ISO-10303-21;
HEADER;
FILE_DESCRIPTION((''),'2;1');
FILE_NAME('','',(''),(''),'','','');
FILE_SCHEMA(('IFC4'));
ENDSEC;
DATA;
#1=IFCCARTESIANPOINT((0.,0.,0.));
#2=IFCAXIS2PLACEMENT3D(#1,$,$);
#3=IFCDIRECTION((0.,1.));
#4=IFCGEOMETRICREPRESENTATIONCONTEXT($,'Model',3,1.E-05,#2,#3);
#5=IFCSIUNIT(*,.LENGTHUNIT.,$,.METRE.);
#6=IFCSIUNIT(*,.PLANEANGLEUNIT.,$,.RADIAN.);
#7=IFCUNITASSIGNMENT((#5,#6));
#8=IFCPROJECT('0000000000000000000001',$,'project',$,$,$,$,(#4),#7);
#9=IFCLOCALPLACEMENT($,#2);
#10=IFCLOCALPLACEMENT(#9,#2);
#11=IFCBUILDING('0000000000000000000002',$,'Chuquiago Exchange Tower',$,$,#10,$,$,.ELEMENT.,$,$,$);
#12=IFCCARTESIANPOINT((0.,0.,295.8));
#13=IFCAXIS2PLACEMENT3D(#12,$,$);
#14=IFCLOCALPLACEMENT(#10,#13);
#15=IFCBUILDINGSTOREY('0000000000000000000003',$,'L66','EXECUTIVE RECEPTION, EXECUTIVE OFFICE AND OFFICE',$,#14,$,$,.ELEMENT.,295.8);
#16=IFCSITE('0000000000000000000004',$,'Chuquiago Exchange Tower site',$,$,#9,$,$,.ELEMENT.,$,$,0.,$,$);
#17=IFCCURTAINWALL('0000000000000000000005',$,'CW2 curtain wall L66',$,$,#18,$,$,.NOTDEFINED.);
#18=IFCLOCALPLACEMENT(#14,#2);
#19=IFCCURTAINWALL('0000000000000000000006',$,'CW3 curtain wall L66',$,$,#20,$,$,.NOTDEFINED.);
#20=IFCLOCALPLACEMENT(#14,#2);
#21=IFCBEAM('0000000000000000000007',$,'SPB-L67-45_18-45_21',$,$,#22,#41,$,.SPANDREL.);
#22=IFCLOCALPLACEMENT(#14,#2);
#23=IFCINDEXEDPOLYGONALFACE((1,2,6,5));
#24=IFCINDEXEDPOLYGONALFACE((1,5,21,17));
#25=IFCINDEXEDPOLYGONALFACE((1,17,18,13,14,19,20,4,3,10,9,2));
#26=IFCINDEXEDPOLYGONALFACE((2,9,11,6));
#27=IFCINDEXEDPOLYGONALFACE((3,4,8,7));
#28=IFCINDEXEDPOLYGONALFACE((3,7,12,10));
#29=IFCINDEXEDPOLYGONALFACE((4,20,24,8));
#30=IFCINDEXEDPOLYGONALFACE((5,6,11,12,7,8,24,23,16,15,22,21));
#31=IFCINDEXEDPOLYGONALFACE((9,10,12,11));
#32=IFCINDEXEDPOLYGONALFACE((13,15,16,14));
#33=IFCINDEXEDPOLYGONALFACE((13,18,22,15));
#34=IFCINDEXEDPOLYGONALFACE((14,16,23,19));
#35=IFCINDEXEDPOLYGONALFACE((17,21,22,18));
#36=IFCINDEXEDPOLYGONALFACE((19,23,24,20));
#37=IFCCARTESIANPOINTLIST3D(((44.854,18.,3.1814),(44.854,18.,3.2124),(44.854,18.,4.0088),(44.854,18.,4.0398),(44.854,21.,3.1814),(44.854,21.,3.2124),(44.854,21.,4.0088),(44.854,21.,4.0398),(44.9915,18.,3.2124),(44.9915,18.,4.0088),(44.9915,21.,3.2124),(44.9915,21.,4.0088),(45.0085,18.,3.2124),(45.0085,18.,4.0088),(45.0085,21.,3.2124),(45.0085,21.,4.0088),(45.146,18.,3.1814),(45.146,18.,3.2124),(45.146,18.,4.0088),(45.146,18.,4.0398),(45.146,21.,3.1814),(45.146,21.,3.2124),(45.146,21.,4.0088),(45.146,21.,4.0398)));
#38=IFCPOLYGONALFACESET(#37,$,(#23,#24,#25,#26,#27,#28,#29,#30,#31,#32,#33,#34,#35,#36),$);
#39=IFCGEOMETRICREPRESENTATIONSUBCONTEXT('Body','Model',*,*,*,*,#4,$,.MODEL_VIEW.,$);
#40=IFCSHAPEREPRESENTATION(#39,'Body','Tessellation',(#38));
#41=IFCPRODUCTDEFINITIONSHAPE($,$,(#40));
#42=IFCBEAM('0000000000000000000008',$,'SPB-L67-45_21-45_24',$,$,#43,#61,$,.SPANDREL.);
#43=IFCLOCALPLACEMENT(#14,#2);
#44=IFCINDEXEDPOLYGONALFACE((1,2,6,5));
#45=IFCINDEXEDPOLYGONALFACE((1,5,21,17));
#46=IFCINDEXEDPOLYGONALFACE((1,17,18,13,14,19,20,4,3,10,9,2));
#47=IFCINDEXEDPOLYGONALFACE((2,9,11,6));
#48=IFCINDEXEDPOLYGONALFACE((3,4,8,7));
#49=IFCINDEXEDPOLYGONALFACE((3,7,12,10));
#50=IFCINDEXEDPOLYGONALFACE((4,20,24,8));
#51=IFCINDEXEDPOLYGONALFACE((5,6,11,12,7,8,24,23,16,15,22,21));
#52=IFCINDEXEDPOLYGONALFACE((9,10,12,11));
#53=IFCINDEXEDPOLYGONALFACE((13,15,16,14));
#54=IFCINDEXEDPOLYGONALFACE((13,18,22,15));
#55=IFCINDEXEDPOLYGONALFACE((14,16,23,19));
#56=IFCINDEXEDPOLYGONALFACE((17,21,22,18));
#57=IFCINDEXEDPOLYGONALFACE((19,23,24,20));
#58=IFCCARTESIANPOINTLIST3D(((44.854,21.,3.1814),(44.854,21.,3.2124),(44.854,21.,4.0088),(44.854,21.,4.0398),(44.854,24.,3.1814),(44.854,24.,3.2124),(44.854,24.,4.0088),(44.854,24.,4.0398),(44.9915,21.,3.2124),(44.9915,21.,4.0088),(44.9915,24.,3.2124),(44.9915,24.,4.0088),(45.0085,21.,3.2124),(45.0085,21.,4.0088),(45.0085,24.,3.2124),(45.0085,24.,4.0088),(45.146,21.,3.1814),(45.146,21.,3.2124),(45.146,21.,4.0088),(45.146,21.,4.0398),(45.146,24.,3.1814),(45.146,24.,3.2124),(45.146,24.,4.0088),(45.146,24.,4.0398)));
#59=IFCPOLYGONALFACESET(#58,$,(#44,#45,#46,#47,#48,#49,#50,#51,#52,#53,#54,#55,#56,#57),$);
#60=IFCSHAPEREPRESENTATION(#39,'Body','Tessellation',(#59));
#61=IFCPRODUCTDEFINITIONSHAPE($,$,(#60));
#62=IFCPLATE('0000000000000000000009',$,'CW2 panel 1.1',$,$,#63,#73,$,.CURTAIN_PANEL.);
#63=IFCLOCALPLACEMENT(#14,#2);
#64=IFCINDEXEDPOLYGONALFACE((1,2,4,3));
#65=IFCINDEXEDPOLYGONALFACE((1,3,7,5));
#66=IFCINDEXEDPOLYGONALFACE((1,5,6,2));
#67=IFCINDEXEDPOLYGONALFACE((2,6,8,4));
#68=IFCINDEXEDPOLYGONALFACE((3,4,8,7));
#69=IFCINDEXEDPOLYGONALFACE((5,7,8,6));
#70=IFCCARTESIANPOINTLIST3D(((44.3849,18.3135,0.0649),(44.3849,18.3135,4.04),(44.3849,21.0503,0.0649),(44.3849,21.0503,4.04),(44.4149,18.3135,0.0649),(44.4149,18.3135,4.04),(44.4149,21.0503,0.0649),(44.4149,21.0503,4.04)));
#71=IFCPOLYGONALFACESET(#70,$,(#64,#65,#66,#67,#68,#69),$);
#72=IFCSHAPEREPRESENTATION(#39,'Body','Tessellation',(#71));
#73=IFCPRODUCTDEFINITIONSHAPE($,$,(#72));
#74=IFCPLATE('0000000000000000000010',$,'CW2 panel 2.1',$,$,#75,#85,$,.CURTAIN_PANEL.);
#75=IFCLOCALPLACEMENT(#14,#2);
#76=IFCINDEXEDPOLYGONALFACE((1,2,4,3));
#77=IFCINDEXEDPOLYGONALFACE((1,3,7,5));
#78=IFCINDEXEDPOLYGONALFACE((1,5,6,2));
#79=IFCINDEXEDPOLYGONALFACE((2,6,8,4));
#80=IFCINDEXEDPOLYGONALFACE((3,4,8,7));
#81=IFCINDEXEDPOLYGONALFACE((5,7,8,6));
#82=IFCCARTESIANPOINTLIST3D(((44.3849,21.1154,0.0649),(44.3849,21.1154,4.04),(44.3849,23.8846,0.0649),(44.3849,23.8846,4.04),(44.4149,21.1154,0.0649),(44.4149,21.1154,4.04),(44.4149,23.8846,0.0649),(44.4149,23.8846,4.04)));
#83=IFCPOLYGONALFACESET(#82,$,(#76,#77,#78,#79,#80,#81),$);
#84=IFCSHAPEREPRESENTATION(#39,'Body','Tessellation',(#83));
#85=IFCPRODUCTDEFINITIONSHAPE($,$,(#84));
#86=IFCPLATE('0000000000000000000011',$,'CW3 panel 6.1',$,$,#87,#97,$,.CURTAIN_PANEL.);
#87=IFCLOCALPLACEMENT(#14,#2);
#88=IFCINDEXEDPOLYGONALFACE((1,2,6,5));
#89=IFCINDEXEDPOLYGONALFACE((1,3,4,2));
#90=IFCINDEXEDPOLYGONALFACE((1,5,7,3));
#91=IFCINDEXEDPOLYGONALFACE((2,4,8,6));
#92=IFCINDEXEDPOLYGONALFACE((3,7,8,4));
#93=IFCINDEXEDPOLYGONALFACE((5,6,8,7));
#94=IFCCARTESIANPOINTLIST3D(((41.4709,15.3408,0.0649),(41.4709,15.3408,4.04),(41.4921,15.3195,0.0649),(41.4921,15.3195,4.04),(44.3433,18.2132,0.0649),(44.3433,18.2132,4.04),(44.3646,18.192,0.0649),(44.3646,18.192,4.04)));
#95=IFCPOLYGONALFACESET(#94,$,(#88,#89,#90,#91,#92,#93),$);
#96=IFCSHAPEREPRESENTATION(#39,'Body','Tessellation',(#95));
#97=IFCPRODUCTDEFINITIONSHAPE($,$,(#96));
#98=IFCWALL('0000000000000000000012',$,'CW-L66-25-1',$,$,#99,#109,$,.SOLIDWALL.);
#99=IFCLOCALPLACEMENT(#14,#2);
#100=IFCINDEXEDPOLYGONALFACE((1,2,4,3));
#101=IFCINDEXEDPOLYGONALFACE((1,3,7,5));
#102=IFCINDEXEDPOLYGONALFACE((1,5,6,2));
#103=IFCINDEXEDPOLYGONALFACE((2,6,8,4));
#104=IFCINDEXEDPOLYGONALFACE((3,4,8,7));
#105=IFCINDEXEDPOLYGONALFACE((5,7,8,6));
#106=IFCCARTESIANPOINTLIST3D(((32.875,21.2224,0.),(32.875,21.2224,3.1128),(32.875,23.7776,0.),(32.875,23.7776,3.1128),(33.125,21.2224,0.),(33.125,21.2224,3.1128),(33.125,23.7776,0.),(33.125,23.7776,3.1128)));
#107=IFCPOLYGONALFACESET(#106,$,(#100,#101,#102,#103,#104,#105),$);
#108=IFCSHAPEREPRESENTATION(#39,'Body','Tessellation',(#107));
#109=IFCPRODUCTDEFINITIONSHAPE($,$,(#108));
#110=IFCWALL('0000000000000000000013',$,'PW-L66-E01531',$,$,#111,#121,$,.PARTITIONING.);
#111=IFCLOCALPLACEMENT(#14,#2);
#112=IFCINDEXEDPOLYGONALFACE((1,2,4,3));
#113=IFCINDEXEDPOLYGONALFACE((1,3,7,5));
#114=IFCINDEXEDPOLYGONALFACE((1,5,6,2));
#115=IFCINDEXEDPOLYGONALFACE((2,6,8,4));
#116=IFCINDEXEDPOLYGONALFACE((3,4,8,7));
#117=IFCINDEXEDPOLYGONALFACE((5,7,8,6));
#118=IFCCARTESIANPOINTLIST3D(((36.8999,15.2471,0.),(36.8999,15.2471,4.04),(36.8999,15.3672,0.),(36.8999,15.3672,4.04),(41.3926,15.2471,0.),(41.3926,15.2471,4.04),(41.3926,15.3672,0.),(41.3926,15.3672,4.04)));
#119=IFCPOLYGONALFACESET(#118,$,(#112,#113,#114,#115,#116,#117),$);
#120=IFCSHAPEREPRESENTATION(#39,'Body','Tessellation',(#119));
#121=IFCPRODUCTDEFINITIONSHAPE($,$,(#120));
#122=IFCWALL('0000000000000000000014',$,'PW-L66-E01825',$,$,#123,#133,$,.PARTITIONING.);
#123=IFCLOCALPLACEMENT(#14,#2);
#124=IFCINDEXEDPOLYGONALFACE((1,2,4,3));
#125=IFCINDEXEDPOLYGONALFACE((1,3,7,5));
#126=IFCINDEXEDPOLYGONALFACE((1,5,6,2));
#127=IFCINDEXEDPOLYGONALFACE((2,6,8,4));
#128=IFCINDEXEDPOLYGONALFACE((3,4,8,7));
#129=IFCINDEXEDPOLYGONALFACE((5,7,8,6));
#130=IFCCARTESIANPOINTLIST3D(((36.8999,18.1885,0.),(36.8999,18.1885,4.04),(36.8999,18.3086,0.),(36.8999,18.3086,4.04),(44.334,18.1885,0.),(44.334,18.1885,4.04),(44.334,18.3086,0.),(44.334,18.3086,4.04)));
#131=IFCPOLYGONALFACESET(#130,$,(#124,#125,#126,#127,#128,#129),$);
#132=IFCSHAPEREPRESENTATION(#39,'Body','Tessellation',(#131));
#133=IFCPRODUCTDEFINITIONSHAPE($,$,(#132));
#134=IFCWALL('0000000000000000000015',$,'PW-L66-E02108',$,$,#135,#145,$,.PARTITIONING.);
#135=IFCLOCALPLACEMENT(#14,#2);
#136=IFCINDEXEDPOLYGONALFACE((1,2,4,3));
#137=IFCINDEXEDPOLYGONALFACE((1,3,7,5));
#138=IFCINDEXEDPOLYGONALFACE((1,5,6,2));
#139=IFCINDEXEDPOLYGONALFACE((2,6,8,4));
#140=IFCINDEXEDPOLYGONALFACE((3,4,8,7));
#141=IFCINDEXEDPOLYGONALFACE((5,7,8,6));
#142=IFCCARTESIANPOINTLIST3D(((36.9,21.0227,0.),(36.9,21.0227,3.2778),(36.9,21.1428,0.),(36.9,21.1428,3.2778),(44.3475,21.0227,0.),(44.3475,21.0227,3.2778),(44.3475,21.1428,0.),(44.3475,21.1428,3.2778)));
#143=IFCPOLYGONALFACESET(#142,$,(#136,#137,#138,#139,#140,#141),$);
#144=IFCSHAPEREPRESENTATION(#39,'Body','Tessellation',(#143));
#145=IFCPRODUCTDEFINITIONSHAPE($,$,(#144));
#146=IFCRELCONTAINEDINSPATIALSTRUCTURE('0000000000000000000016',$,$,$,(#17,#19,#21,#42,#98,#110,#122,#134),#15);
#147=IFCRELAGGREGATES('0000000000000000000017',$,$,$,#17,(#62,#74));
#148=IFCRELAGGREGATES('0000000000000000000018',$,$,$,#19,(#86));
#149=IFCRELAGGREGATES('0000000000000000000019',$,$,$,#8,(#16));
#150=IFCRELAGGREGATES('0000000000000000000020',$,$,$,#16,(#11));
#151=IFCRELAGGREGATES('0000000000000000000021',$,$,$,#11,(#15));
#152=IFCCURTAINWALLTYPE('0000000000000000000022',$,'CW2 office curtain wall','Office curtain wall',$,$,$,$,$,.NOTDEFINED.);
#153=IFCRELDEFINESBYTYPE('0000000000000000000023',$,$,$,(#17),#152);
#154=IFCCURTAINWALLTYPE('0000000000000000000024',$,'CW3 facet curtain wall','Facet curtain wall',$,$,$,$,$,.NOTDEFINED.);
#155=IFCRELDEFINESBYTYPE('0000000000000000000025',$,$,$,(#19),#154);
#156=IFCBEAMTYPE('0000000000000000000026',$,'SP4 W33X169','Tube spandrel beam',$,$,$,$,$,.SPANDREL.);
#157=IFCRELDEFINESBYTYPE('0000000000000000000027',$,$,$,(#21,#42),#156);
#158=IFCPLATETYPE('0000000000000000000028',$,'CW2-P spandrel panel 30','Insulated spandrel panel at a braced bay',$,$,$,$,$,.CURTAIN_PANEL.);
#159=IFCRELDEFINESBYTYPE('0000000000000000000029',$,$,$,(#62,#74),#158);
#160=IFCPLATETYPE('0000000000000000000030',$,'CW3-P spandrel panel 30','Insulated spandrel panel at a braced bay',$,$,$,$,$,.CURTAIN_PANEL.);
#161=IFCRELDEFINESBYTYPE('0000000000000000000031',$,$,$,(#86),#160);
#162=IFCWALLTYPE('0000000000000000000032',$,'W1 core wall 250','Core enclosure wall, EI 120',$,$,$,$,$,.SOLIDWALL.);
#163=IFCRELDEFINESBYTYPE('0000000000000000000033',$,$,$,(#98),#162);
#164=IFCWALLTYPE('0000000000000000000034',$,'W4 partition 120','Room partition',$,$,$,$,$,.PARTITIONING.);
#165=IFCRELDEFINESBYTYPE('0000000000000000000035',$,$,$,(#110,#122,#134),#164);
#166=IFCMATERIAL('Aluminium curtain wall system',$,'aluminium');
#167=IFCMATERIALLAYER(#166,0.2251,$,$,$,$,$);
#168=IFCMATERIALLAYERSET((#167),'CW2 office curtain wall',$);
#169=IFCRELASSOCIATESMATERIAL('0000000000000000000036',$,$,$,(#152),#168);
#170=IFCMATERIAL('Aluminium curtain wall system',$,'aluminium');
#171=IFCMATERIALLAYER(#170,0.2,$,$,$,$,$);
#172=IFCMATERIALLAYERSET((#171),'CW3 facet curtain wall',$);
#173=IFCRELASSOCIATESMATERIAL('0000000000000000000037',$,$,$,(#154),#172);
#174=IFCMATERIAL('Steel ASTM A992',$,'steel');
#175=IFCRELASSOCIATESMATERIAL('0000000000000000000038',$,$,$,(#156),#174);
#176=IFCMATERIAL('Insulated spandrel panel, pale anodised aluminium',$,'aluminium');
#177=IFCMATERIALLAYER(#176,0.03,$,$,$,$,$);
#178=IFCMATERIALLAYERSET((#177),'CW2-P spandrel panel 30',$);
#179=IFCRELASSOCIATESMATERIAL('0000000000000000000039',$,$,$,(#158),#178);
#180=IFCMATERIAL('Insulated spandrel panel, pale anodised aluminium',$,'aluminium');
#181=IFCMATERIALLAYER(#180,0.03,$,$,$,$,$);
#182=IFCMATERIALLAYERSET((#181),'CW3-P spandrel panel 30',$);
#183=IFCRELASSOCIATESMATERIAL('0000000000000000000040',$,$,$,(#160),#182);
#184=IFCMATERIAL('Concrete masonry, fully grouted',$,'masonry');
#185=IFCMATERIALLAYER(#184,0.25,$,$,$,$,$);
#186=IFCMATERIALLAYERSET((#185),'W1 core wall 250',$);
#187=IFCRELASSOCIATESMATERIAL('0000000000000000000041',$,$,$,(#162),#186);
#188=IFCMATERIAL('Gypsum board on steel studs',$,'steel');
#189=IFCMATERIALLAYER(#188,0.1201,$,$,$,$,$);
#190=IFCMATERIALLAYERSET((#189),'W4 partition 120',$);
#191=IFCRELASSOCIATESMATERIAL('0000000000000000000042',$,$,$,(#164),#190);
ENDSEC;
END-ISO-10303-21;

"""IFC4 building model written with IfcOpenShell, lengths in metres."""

from ifc_helpers import new_model, si_unit, direction, frame, frame_2d, origin, origin_2d, place, context, subcontext, project, spatial, rectangle, i_section, extrude, material, layer, layer_set, material_profile, profile_set, type_object, element, aggregate, save


model = new_model("IFC4")

# Units and contexts
model_context = context("Model", 3, precision=1e-05, world=origin(), true_north=direction((0.0, 1.0)))
body_context = subcontext(model_context, "Body", "Model", "MODEL_VIEW")
ifc_project = project(units=[si_unit("LENGTHUNIT", "METRE"), si_unit("PLANEANGLEUNIT", "RADIAN")], contexts=[model_context])

# Site, building, storey
site_placement = place(None, origin())
site = spatial("IfcSite", under=ifc_project, at=site_placement, Name="Chuquiago Exchange Tower site", CompositionType="ELEMENT", RefElevation=0.0)
building_placement = place(site_placement, origin())
building = spatial("IfcBuilding", under=site, at=building_placement, Name="Chuquiago Exchange Tower", CompositionType="ELEMENT")
storey_placement = place(building_placement, frame((0.0, 0.0, 295.8)))
storey = spatial("IfcBuildingStorey", under=building, at=storey_placement, Name="L66", Description="EXECUTIVE RECEPTION, EXECUTIVE OFFICE AND OFFICE", CompositionType="ELEMENT", Elevation=295.8)

# Curtain walls
ifc_material_1 = material(Name="Aluminium curtain wall system", Category="aluminium")
ifc_layer_1 = layer(ifc_material_1, 0.2251)
ifc_layer_set_1 = layer_set([ifc_layer_1], Name="CW2 office curtain wall")
curtain_wall_type_1 = type_object("IfcCurtainWallType", Name="CW2 office curtain wall", Description="Office curtain wall", PredefinedType="NOTDEFINED", material=ifc_layer_set_1)
curtain_wall_1_placement = place(storey_placement, origin())
curtain_wall_1 = element("IfcCurtainWall", 1, at=curtain_wall_1_placement, inside=storey, type_object=curtain_wall_type_1, Name="CW2 curtain wall L66", PredefinedType="NOTDEFINED")
ifc_material_2 = material(Name="Aluminium curtain wall system", Category="aluminium")
ifc_layer_2 = layer(ifc_material_2, 0.2)
ifc_layer_set_2 = layer_set([ifc_layer_2], Name="CW3 facet curtain wall")
curtain_wall_type_2 = type_object("IfcCurtainWallType", Name="CW3 facet curtain wall", Description="Facet curtain wall", PredefinedType="NOTDEFINED", material=ifc_layer_set_2)
curtain_wall_2_placement = place(storey_placement, origin())
curtain_wall_2 = element("IfcCurtainWall", 2, at=curtain_wall_2_placement, inside=storey, type_object=curtain_wall_type_2, Name="CW3 curtain wall L66", PredefinedType="NOTDEFINED")

# Beams
ifc_material_3 = material(Name="Steel ASTM A992", Category="steel")
ifc_material_profile_1 = material_profile(ifc_material_3, i_section(OverallWidth=0.292, OverallDepth=0.8584, WebThickness=0.0171, FlangeThickness=0.031, at=origin_2d()), Name="W33X169")
ifc_profile_set_1 = profile_set([ifc_material_profile_1], Name="Steel ASTM A992")
beam_type_1 = type_object("IfcBeamType", Name="SP4 W33X169", Description="Tube spandrel beam", PredefinedType="SPANDREL", material=ifc_profile_set_1)
for number, where, z_axis, x_axis, name in (
    (3, (45.0, 18.0, 3.6106), (0.0, 1.0, 0.0), (-1.0, 0.0, 0.0), "SPB-L67-45_18-45_21"),
    (4, (45.0, 21.0, 3.6106), (0.0, 1.0, 0.0), (-1.0, 0.0, 0.0), "SPB-L67-45_21-45_24"),
):
    element("IfcBeam", number, at=place(storey_placement, frame(where, z_axis=z_axis, x_axis=x_axis)), inside=storey, type_object=beam_type_1, Name=name, PredefinedType="SPANDREL", context=body_context, shape_type="SweptSolid", body=[
        extrude(i_section(OverallWidth=0.292, OverallDepth=0.8584, WebThickness=0.0171, FlangeThickness=0.031, at=origin_2d()), origin(), (0.0, 0.0, 1.0), 3.0),
    ])

# Plates
ifc_material_4 = material(Name="Insulated spandrel panel, pale anodised aluminium", Category="aluminium")
ifc_layer_3 = layer(ifc_material_4, 0.03)
ifc_layer_set_3 = layer_set([ifc_layer_3], Name="CW2-P spandrel panel 30")
plate_type_1 = type_object("IfcPlateType", Name="CW2-P spandrel panel 30", Description="Insulated spandrel panel at a braced bay", PredefinedType="CURTAIN_PANEL", material=ifc_layer_set_3)
plate_1_placement = place(storey_placement, frame((44.3999, 19.6819, 0.0649), z_axis=(0.0, 0.0, 1.0), x_axis=(0.0, 1.0, 0.0)))
plate_1 = element("IfcPlate", 5, at=plate_1_placement, type_object=plate_type_1, Name="CW2 panel 1.1", PredefinedType="CURTAIN_PANEL", context=body_context, shape_type="SweptSolid", body=[
    extrude(rectangle(XDim=2.7368, YDim=0.03, at=origin_2d()), origin(), (0.0, 0.0, 1.0), 3.9751),
])
plate_2_placement = place(storey_placement, frame((44.3999, 22.5, 0.0649), z_axis=(0.0, 0.0, 1.0), x_axis=(0.0, 1.0, 0.0)))
plate_2 = element("IfcPlate", 6, at=plate_2_placement, type_object=plate_type_1, Name="CW2 panel 2.1", PredefinedType="CURTAIN_PANEL", context=body_context, shape_type="SweptSolid", body=[
    extrude(rectangle(XDim=2.7693, YDim=0.03, at=origin_2d()), origin(), (0.0, 0.0, 1.0), 3.9751),
])
aggregate(curtain_wall_1, [plate_1, plate_2])
ifc_material_5 = material(Name="Insulated spandrel panel, pale anodised aluminium", Category="aluminium")
ifc_layer_4 = layer(ifc_material_5, 0.03)
ifc_layer_set_4 = layer_set([ifc_layer_4], Name="CW3-P spandrel panel 30")
plate_type_2 = type_object("IfcPlateType", Name="CW3-P spandrel panel 30", Description="Insulated spandrel panel at a braced bay", PredefinedType="CURTAIN_PANEL", material=ifc_layer_set_4)
plate_3_placement = place(storey_placement, frame((42.9177, 16.7664, 0.0649), z_axis=(0.0, 0.0, 1.0), x_axis=(0.707107, 0.707107, 0.0)))
plate_3 = element("IfcPlate", 7, at=plate_3_placement, type_object=plate_type_2, Name="CW3 panel 6.1", PredefinedType="CURTAIN_PANEL", context=body_context, shape_type="SweptSolid", body=[
    extrude(rectangle(XDim=4.0623, YDim=0.03, at=origin_2d()), origin(), (0.0, 0.0, 1.0), 3.9751),
])
aggregate(curtain_wall_2, [plate_3])

# Walls
ifc_material_6 = material(Name="Concrete masonry, fully grouted", Category="masonry")
ifc_layer_5 = layer(ifc_material_6, 0.25)
ifc_layer_set_5 = layer_set([ifc_layer_5], Name="W1 core wall 250")
wall_type_1 = type_object("IfcWallType", Name="W1 core wall 250", Description="Core enclosure wall, EI 120", PredefinedType="SOLIDWALL", material=ifc_layer_set_5)
wall_1_placement = place(storey_placement, frame((33.0, 21.2224, 0.0), z_axis=(0.0, 0.0, 1.0), x_axis=(0.0, 1.0, 0.0)))
element("IfcWall", 8, at=wall_1_placement, inside=storey, type_object=wall_type_1, Name="CW-L66-25-1", PredefinedType="SOLIDWALL", context=body_context, shape_type="SweptSolid", body=[
    extrude(rectangle(XDim=2.5552, YDim=0.25, at=frame_2d((1.2776, 0.0))), origin(), (0.0, 0.0, 1.0), 3.1128),
])
ifc_material_7 = material(Name="Gypsum board on steel studs", Category="steel")
ifc_layer_6 = layer(ifc_material_7, 0.1201)
ifc_layer_set_6 = layer_set([ifc_layer_6], Name="W4 partition 120")
wall_type_2 = type_object("IfcWallType", Name="W4 partition 120", Description="Room partition", PredefinedType="PARTITIONING", material=ifc_layer_set_6)
wall_2_placement = place(storey_placement, frame((41.3926, 15.3071, 0.0), z_axis=(0.0, 0.0, 1.0), x_axis=(-1.0, 0.0, 0.0)))
element("IfcWall", 9, at=wall_2_placement, inside=storey, type_object=wall_type_2, Name="PW-L66-E01531", PredefinedType="PARTITIONING", context=body_context, shape_type="SweptSolid", body=[
    extrude(rectangle(XDim=4.4927, YDim=0.1201, at=frame_2d((2.2463, 0.0))), origin(), (0.0, 0.0, 1.0), 4.04),
])
wall_3_placement = place(storey_placement, frame((44.334, 18.2485, 0.0), z_axis=(0.0, 0.0, 1.0), x_axis=(-1.0, 0.0, 0.0)))
element("IfcWall", 10, at=wall_3_placement, inside=storey, type_object=wall_type_2, Name="PW-L66-E01825", PredefinedType="PARTITIONING", context=body_context, shape_type="SweptSolid", body=[
    extrude(rectangle(XDim=7.4341, YDim=0.1201, at=frame_2d((3.717, 0.0))), origin(), (0.0, 0.0, 1.0), 4.04),
])
wall_4_placement = place(storey_placement, frame((44.3474, 21.0828, 0.0), z_axis=(0.0, 0.0, 1.0), x_axis=(-1.0, 0.0, 0.0)))
element("IfcWall", 11, at=wall_4_placement, inside=storey, type_object=wall_type_2, Name="PW-L66-E02108", PredefinedType="PARTITIONING", context=body_context, shape_type="SweptSolid", body=[
    extrude(rectangle(XDim=7.4475, YDim=0.1201, at=frame_2d((3.7236, 0.0))), origin(), (0.0, 0.0, 1.0), 3.2778),
])

save(model, "model.ifc")
